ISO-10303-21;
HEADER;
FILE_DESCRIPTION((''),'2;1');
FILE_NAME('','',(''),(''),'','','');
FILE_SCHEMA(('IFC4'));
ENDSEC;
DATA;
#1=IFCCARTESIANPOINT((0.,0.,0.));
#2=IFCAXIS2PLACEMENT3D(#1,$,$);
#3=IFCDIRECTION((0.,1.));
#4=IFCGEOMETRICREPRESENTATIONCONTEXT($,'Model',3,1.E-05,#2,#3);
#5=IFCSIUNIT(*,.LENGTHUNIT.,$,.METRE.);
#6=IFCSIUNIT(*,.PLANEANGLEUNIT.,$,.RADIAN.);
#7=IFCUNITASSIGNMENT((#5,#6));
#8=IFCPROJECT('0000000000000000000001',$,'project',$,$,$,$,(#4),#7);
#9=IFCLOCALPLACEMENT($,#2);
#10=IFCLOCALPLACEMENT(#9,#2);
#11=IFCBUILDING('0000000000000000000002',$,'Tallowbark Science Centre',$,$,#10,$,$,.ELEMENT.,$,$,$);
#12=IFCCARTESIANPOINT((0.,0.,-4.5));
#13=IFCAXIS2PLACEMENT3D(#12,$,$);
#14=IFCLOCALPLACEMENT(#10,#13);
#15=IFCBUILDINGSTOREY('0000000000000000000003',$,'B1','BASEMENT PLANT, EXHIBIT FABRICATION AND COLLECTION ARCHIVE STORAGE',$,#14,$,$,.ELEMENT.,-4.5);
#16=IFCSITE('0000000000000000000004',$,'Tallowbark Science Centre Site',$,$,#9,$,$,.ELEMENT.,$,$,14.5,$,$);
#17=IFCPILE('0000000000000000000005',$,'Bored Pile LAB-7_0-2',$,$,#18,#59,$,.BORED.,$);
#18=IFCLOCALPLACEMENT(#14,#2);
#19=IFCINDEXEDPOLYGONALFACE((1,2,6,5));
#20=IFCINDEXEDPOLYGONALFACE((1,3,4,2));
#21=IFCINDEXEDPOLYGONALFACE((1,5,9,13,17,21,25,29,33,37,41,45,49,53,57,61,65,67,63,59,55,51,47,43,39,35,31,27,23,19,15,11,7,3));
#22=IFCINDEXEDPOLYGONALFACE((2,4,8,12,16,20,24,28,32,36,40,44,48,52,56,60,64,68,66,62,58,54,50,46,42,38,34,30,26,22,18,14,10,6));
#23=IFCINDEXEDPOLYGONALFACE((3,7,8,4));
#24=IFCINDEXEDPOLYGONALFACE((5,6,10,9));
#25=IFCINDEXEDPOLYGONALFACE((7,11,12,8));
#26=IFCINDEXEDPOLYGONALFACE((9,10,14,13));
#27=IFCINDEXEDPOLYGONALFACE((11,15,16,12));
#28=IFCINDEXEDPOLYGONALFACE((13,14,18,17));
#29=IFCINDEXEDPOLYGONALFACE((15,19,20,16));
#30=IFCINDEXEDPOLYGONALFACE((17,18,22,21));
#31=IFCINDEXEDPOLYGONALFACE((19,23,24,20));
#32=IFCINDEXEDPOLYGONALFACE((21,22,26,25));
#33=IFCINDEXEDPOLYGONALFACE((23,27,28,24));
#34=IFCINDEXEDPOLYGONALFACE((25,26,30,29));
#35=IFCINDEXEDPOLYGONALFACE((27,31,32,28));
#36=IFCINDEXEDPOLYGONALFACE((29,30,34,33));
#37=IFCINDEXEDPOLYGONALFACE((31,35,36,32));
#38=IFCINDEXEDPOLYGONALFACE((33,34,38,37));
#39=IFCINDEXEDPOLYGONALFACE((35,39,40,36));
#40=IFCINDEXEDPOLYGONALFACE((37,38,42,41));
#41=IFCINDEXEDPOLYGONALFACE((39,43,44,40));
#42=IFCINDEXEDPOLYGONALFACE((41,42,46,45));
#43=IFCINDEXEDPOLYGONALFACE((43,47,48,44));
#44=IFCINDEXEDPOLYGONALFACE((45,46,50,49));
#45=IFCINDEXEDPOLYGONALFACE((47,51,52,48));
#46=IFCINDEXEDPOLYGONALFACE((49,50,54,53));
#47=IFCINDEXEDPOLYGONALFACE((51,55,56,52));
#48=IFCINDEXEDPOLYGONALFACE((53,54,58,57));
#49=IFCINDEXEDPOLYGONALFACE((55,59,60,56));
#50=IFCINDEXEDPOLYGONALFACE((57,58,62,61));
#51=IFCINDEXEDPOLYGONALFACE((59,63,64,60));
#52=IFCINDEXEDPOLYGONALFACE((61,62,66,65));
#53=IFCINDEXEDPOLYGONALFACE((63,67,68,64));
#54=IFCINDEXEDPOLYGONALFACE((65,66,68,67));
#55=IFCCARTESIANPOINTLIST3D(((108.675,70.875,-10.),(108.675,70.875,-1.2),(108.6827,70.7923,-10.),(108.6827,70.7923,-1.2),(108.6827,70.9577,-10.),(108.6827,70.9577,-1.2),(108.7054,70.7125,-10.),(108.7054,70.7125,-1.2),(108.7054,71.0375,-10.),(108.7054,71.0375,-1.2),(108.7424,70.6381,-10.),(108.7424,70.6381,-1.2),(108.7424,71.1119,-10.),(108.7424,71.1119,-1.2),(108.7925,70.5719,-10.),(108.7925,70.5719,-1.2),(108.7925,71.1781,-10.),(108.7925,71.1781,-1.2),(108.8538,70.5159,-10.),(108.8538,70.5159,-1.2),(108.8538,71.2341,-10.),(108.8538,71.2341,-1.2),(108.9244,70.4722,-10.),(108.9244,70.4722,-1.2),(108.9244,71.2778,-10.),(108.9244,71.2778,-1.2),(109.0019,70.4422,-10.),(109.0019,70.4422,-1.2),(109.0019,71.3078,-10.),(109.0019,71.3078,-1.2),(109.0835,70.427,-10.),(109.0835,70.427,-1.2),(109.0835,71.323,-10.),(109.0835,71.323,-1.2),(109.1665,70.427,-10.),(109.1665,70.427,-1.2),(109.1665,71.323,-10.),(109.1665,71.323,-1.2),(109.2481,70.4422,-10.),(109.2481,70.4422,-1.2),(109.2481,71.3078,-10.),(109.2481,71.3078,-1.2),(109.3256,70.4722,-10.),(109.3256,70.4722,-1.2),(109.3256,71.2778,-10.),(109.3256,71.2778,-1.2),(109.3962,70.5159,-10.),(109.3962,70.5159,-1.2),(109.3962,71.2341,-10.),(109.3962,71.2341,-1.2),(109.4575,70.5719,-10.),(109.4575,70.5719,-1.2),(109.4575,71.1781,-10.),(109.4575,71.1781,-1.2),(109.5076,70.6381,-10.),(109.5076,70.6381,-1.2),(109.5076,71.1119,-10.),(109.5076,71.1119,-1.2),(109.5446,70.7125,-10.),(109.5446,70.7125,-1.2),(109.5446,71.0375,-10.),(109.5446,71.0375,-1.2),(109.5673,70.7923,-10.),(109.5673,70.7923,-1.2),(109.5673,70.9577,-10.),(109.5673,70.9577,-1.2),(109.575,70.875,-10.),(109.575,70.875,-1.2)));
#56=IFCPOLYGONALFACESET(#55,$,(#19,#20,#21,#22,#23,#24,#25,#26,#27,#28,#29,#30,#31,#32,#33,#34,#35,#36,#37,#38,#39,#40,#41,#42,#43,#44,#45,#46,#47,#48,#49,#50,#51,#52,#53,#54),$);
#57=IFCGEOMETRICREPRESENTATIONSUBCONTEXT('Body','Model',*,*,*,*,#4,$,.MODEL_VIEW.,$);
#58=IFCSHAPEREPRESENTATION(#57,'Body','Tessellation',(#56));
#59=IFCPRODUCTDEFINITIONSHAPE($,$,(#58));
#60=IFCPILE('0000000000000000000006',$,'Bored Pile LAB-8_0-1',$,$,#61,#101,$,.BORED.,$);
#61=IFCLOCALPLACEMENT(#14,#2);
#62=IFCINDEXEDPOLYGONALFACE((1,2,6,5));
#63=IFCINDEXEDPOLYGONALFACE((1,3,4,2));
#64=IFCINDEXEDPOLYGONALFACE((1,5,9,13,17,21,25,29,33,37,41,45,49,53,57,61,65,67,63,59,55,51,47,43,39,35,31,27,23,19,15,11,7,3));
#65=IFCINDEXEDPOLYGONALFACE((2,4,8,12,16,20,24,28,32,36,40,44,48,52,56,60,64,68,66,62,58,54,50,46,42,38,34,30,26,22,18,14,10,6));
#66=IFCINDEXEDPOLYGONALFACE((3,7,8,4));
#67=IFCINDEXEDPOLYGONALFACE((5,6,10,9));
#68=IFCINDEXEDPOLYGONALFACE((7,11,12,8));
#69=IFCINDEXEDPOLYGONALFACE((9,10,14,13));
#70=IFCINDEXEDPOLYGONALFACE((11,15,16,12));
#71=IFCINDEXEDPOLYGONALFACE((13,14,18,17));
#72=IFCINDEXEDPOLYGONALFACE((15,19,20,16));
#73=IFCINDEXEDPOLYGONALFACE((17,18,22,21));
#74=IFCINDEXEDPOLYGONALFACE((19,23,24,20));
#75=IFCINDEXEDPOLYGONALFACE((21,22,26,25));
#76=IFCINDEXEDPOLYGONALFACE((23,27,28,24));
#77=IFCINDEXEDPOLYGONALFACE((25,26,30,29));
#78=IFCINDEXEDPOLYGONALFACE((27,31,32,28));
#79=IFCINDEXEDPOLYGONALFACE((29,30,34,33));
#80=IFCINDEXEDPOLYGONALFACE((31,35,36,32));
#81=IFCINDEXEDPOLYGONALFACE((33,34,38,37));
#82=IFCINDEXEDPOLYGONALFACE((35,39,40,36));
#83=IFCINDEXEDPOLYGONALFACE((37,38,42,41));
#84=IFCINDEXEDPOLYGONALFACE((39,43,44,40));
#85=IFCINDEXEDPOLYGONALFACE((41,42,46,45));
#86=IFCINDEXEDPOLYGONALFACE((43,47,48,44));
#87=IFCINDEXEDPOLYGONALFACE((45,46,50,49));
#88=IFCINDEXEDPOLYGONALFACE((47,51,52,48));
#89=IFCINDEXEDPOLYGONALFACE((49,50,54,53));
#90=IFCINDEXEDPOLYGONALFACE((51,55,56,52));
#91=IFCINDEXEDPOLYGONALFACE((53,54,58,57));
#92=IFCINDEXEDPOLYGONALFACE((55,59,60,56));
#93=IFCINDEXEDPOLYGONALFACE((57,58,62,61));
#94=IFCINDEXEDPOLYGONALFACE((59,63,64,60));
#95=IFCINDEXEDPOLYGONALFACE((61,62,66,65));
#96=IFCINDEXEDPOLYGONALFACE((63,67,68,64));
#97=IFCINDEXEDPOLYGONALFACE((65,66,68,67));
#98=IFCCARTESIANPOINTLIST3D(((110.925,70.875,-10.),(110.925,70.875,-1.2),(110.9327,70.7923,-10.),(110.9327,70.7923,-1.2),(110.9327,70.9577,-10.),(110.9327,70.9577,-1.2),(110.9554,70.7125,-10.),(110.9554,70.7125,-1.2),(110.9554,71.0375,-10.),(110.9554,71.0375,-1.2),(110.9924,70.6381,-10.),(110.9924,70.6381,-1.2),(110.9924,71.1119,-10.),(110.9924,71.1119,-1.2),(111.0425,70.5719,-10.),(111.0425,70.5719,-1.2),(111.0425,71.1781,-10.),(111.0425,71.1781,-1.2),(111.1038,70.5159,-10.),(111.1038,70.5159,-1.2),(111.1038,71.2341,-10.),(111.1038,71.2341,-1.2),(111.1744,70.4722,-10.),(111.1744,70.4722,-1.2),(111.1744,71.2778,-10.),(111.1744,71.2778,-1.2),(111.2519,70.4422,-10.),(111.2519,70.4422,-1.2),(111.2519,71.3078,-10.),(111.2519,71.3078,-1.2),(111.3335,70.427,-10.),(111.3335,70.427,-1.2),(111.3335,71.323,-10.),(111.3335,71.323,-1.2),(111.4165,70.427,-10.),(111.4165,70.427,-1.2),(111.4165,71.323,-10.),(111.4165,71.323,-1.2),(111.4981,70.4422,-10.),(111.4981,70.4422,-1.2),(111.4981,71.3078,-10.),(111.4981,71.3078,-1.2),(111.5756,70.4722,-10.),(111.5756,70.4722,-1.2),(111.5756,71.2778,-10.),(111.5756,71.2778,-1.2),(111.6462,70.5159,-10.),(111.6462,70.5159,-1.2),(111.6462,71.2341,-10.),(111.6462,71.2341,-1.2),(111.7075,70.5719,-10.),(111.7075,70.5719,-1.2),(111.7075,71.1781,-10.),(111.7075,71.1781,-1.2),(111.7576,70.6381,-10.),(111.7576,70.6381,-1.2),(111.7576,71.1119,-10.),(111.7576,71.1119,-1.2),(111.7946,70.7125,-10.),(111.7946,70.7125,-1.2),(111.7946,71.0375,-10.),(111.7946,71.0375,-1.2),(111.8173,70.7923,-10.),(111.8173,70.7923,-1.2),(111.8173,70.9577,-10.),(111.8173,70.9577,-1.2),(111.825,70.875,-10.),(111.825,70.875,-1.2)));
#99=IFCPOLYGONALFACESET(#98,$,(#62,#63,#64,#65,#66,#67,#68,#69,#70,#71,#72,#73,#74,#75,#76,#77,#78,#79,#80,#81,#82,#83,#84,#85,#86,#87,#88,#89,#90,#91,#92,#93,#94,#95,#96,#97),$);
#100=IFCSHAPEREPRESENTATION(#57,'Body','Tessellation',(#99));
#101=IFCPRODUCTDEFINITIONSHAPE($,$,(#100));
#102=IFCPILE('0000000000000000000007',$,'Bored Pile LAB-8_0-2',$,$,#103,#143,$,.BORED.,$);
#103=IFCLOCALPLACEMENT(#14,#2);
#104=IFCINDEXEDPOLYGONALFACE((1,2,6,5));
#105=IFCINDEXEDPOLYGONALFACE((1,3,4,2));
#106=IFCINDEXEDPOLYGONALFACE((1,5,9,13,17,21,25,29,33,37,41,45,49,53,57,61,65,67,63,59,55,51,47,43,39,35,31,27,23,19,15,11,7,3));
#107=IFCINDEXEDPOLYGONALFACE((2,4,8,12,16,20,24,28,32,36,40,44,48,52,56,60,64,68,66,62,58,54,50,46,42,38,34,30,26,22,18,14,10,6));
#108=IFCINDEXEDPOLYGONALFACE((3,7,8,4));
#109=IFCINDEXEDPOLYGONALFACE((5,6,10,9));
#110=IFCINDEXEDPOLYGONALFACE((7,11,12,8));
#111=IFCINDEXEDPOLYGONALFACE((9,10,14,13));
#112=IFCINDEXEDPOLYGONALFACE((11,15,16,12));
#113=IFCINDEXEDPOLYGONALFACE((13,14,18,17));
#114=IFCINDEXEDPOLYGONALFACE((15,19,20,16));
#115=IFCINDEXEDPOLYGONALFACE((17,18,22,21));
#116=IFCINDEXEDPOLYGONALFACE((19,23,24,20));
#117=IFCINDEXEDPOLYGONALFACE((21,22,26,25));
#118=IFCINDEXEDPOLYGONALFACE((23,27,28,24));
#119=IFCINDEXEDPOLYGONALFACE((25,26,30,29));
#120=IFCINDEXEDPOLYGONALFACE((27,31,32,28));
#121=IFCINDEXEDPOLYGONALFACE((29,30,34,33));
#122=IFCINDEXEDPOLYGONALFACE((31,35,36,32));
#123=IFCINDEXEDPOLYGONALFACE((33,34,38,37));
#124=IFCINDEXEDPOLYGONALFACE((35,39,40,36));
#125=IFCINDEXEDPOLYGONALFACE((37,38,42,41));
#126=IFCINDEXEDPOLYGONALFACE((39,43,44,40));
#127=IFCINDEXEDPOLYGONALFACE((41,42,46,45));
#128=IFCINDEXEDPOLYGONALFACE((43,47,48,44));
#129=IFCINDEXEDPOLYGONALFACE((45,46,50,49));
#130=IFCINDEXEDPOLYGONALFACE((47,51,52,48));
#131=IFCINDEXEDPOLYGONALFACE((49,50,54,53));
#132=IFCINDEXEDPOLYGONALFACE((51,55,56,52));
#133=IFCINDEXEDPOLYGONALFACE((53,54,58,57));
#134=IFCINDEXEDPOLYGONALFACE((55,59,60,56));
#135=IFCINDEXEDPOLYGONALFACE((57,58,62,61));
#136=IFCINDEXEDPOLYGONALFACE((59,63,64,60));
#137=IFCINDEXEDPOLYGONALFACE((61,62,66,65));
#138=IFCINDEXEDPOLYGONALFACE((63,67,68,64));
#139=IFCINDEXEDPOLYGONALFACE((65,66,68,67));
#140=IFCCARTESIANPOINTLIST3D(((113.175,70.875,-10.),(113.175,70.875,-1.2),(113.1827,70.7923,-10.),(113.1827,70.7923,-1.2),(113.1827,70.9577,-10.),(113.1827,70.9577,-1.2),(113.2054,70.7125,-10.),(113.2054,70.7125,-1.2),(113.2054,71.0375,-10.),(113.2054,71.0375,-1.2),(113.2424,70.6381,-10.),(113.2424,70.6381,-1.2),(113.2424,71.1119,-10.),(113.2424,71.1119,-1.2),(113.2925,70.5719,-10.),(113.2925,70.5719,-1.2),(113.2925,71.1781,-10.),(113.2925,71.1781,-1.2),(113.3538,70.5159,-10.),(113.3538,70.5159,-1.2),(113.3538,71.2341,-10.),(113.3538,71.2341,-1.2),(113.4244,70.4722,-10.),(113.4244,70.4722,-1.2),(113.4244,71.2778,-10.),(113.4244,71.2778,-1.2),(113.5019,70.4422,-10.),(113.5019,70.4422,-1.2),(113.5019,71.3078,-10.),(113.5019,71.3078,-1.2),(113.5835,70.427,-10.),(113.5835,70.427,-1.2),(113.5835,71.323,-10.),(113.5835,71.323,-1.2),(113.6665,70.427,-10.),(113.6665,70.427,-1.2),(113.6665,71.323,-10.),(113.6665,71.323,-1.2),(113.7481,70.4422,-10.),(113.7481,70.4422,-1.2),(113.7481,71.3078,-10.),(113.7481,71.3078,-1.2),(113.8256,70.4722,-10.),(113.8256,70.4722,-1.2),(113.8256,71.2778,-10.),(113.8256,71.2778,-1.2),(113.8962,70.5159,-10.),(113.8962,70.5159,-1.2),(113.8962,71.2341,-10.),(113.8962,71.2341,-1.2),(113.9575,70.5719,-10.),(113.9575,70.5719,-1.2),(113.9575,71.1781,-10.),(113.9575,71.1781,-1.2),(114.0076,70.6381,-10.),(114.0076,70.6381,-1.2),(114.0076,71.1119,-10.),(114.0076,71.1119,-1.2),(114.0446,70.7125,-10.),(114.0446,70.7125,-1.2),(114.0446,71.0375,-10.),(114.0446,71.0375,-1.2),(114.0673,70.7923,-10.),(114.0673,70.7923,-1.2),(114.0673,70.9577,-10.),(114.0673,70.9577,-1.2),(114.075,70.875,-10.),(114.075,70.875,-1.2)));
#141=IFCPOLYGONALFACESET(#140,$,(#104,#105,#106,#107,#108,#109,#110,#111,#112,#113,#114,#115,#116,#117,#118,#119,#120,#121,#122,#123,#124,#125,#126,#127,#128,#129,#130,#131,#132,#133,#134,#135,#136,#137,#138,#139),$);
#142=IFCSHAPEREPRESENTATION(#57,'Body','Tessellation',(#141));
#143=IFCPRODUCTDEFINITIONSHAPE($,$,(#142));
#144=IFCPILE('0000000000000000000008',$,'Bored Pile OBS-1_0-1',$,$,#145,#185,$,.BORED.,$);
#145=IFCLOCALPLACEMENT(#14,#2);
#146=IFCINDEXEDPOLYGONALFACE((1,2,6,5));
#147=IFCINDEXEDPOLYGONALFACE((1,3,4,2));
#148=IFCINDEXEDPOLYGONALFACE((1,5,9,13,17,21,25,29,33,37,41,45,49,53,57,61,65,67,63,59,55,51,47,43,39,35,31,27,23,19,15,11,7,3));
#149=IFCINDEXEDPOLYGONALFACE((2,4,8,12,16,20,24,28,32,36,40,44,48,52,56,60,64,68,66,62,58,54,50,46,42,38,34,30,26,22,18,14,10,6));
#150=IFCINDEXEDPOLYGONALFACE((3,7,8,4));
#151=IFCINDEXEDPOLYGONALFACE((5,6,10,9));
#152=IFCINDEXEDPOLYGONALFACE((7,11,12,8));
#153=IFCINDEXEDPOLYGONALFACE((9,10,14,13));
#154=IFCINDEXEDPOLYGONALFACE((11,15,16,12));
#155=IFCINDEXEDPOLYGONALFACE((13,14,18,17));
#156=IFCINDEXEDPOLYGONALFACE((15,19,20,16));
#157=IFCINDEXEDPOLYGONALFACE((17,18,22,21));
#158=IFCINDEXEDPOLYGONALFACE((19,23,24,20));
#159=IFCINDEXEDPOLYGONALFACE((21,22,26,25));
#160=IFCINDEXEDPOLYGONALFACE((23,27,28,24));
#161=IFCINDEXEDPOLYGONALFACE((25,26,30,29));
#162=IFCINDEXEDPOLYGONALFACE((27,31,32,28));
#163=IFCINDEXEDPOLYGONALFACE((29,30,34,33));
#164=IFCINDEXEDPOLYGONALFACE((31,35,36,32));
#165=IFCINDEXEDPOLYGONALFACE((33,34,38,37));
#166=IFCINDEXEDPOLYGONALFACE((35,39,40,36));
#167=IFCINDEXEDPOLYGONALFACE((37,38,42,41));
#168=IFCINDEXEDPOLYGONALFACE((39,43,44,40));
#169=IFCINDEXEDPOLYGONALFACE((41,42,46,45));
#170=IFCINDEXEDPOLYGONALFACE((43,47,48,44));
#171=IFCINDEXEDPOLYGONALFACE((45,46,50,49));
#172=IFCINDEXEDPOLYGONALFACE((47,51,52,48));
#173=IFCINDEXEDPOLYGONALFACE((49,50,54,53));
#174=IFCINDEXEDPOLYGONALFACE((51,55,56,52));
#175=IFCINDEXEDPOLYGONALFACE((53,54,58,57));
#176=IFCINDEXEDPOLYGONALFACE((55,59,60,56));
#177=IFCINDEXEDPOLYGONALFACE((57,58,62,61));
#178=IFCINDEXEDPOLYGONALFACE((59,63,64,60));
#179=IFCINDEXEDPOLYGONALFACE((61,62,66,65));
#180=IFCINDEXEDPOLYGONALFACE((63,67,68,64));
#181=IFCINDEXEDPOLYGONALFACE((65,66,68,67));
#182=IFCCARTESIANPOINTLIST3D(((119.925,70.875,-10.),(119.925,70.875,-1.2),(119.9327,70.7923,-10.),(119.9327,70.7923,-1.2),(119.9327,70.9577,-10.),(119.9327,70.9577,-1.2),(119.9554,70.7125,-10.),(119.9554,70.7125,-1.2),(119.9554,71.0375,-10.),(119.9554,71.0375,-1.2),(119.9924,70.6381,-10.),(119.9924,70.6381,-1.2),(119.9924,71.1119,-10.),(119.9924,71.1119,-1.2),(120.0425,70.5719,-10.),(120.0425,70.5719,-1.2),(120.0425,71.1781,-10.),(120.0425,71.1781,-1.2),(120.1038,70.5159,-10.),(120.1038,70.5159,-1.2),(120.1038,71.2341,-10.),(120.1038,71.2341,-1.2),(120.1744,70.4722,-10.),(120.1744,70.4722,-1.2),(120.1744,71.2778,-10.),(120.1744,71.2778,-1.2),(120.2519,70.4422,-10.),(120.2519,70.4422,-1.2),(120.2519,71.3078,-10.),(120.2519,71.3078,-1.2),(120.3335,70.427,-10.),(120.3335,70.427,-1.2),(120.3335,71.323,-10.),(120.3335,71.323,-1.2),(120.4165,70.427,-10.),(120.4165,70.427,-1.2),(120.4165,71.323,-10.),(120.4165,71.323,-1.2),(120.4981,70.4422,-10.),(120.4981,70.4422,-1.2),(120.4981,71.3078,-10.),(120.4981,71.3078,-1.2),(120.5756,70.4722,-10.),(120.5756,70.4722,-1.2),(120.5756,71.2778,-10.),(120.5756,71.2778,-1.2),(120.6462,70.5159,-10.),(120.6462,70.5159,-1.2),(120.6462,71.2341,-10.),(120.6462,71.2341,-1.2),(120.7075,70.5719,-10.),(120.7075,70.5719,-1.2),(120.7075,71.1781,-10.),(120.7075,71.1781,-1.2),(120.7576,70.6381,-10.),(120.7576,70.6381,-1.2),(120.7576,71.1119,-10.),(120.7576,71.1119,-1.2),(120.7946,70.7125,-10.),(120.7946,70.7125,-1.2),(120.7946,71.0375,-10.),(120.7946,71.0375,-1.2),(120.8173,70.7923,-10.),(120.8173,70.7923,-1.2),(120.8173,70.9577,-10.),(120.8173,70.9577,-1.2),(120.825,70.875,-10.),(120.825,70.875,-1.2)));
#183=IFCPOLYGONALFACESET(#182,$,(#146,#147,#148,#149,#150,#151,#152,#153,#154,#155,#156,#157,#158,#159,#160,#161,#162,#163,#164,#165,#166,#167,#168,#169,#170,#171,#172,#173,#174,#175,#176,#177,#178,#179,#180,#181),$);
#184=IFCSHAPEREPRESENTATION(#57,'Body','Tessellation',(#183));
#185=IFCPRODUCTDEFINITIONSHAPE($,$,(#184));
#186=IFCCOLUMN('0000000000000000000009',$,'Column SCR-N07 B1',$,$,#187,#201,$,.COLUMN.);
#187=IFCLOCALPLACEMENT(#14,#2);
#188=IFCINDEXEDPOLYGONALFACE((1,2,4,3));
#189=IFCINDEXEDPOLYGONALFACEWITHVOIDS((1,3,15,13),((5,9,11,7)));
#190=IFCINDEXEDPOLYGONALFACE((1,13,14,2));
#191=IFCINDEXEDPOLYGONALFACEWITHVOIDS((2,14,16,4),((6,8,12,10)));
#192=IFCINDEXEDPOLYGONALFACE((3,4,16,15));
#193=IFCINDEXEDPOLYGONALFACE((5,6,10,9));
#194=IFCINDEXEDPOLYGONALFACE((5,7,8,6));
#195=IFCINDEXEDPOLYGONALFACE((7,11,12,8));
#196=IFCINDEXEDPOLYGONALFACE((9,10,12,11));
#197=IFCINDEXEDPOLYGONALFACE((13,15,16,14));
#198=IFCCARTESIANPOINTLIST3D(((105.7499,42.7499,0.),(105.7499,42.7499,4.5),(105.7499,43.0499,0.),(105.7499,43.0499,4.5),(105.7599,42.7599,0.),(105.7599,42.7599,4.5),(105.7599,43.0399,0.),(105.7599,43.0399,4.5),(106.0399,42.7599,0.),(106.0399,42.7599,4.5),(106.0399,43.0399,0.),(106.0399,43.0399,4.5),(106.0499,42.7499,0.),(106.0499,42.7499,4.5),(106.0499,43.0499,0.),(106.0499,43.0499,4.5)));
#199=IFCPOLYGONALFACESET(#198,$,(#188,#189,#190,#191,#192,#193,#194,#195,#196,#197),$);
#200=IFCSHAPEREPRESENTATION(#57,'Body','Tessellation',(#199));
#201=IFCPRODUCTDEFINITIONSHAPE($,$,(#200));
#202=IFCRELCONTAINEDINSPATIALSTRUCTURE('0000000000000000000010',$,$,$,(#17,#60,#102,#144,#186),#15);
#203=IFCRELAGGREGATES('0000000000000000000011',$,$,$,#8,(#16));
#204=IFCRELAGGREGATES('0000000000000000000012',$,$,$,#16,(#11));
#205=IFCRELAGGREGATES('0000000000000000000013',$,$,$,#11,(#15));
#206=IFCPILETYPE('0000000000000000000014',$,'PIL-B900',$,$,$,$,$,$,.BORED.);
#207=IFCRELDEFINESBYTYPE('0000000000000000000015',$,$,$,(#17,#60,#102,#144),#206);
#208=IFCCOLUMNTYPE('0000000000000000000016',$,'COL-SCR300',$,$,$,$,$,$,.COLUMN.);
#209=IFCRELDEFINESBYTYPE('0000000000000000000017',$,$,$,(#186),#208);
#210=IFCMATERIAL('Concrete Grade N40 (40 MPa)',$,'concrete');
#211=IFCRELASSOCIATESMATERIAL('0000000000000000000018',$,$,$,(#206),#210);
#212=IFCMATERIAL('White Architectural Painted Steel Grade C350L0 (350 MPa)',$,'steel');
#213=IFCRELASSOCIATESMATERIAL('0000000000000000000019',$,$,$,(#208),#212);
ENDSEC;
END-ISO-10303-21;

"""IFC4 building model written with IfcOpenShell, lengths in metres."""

from ifc_helpers import new_model, si_unit, direction, frame, origin, origin_2d, place, context, subcontext, project, spatial, hollow_rectangle, circle, extrude, material, material_profile, profile_set, type_object, element, save


model = new_model("IFC4")

# Units and contexts
model_context = context("Model", 3, precision=1e-05, world=origin(), true_north=direction((0.0, 1.0)))
body_context = subcontext(model_context, "Body", "Model", "MODEL_VIEW")
ifc_project = project(units=[si_unit("LENGTHUNIT", "METRE"), si_unit("PLANEANGLEUNIT", "RADIAN")], contexts=[model_context])

# Site, building, storey
site_placement = place(None, origin())
site = spatial("IfcSite", under=ifc_project, at=site_placement, Name="Tallowbark Science Centre Site", CompositionType="ELEMENT", RefElevation=14.5)
building_placement = place(site_placement, origin())
building = spatial("IfcBuilding", under=site, at=building_placement, Name="Tallowbark Science Centre", CompositionType="ELEMENT")
storey_placement = place(building_placement, frame((0.0, 0.0, -4.5)))
storey = spatial("IfcBuildingStorey", under=building, at=storey_placement, Name="B1", Description="BASEMENT PLANT, EXHIBIT FABRICATION AND COLLECTION ARCHIVE STORAGE", CompositionType="ELEMENT", Elevation=-4.5)

# Shared definitions
ifc_material_1 = material(Name="Concrete Grade N40 (40 MPa)", Category="concrete")

# Piles
ifc_material_profile_1 = material_profile(ifc_material_1, circle(Radius=0.45, at=origin_2d()), Name="PILE900")
ifc_profile_set_1 = profile_set([ifc_material_profile_1], Name="Concrete Grade N40 (40 MPa)")
pile_type = type_object("IfcPileType", Name="PIL-B900", PredefinedType="BORED", material=ifc_profile_set_1)
for number, where, z_axis, x_axis, name in (
    (1, (109.125, 70.875, -1.2), (0.0, 0.0, -1.0), (1.0, 0.0, 0.0), "Bored Pile LAB-7_0-2"),
    (2, (111.375, 70.875, -1.2), (0.0, 0.0, -1.0), (1.0, 0.0, 0.0), "Bored Pile LAB-8_0-1"),
    (3, (113.625, 70.875, -1.2), (0.0, 0.0, -1.0), (1.0, 0.0, 0.0), "Bored Pile LAB-8_0-2"),
    (4, (120.375, 70.875, -1.2), (0.0, 0.0, -1.0), (1.0, 0.0, 0.0), "Bored Pile OBS-1_0-1"),
):
    element("IfcPile", number, at=place(storey_placement, frame(where, z_axis=z_axis, x_axis=x_axis)), inside=storey, type_object=pile_type, Name=name, PredefinedType="BORED", context=body_context, shape_type="SweptSolid", body=[
        extrude(circle(Radius=0.45, at=origin_2d()), origin(), (0.0, 0.0, 1.0), 8.8),
    ])

# Column
ifc_material_2 = material(Name="White Architectural Painted Steel Grade C350L0 (350 MPa)", Category="steel")
ifc_material_profile_2 = material_profile(ifc_material_2, hollow_rectangle(XDim=0.3, YDim=0.3, WallThickness=0.01, at=origin_2d()), Name="300x300x10.0SHS")
ifc_profile_set_2 = profile_set([ifc_material_profile_2], Name="White Architectural Painted Steel Grade C350L0 (350 MPa)")
column_type_1 = type_object("IfcColumnType", Name="COL-SCR300", PredefinedType="COLUMN", material=ifc_profile_set_2)
column_placement = place(storey_placement, frame((105.8999, 42.8999, 0.0), z_axis=(0.0, 0.0, 1.0), x_axis=(1.0, 0.0, 0.0)))
element("IfcColumn", 5, at=column_placement, inside=storey, type_object=column_type_1, Name="Column SCR-N07 B1", PredefinedType="COLUMN", context=body_context, shape_type="SweptSolid", body=[
    extrude(hollow_rectangle(XDim=0.3, YDim=0.3, WallThickness=0.01, at=origin_2d()), origin(), (0.0, 0.0, 1.0), 4.5),
])

save(model, "model.ifc")
